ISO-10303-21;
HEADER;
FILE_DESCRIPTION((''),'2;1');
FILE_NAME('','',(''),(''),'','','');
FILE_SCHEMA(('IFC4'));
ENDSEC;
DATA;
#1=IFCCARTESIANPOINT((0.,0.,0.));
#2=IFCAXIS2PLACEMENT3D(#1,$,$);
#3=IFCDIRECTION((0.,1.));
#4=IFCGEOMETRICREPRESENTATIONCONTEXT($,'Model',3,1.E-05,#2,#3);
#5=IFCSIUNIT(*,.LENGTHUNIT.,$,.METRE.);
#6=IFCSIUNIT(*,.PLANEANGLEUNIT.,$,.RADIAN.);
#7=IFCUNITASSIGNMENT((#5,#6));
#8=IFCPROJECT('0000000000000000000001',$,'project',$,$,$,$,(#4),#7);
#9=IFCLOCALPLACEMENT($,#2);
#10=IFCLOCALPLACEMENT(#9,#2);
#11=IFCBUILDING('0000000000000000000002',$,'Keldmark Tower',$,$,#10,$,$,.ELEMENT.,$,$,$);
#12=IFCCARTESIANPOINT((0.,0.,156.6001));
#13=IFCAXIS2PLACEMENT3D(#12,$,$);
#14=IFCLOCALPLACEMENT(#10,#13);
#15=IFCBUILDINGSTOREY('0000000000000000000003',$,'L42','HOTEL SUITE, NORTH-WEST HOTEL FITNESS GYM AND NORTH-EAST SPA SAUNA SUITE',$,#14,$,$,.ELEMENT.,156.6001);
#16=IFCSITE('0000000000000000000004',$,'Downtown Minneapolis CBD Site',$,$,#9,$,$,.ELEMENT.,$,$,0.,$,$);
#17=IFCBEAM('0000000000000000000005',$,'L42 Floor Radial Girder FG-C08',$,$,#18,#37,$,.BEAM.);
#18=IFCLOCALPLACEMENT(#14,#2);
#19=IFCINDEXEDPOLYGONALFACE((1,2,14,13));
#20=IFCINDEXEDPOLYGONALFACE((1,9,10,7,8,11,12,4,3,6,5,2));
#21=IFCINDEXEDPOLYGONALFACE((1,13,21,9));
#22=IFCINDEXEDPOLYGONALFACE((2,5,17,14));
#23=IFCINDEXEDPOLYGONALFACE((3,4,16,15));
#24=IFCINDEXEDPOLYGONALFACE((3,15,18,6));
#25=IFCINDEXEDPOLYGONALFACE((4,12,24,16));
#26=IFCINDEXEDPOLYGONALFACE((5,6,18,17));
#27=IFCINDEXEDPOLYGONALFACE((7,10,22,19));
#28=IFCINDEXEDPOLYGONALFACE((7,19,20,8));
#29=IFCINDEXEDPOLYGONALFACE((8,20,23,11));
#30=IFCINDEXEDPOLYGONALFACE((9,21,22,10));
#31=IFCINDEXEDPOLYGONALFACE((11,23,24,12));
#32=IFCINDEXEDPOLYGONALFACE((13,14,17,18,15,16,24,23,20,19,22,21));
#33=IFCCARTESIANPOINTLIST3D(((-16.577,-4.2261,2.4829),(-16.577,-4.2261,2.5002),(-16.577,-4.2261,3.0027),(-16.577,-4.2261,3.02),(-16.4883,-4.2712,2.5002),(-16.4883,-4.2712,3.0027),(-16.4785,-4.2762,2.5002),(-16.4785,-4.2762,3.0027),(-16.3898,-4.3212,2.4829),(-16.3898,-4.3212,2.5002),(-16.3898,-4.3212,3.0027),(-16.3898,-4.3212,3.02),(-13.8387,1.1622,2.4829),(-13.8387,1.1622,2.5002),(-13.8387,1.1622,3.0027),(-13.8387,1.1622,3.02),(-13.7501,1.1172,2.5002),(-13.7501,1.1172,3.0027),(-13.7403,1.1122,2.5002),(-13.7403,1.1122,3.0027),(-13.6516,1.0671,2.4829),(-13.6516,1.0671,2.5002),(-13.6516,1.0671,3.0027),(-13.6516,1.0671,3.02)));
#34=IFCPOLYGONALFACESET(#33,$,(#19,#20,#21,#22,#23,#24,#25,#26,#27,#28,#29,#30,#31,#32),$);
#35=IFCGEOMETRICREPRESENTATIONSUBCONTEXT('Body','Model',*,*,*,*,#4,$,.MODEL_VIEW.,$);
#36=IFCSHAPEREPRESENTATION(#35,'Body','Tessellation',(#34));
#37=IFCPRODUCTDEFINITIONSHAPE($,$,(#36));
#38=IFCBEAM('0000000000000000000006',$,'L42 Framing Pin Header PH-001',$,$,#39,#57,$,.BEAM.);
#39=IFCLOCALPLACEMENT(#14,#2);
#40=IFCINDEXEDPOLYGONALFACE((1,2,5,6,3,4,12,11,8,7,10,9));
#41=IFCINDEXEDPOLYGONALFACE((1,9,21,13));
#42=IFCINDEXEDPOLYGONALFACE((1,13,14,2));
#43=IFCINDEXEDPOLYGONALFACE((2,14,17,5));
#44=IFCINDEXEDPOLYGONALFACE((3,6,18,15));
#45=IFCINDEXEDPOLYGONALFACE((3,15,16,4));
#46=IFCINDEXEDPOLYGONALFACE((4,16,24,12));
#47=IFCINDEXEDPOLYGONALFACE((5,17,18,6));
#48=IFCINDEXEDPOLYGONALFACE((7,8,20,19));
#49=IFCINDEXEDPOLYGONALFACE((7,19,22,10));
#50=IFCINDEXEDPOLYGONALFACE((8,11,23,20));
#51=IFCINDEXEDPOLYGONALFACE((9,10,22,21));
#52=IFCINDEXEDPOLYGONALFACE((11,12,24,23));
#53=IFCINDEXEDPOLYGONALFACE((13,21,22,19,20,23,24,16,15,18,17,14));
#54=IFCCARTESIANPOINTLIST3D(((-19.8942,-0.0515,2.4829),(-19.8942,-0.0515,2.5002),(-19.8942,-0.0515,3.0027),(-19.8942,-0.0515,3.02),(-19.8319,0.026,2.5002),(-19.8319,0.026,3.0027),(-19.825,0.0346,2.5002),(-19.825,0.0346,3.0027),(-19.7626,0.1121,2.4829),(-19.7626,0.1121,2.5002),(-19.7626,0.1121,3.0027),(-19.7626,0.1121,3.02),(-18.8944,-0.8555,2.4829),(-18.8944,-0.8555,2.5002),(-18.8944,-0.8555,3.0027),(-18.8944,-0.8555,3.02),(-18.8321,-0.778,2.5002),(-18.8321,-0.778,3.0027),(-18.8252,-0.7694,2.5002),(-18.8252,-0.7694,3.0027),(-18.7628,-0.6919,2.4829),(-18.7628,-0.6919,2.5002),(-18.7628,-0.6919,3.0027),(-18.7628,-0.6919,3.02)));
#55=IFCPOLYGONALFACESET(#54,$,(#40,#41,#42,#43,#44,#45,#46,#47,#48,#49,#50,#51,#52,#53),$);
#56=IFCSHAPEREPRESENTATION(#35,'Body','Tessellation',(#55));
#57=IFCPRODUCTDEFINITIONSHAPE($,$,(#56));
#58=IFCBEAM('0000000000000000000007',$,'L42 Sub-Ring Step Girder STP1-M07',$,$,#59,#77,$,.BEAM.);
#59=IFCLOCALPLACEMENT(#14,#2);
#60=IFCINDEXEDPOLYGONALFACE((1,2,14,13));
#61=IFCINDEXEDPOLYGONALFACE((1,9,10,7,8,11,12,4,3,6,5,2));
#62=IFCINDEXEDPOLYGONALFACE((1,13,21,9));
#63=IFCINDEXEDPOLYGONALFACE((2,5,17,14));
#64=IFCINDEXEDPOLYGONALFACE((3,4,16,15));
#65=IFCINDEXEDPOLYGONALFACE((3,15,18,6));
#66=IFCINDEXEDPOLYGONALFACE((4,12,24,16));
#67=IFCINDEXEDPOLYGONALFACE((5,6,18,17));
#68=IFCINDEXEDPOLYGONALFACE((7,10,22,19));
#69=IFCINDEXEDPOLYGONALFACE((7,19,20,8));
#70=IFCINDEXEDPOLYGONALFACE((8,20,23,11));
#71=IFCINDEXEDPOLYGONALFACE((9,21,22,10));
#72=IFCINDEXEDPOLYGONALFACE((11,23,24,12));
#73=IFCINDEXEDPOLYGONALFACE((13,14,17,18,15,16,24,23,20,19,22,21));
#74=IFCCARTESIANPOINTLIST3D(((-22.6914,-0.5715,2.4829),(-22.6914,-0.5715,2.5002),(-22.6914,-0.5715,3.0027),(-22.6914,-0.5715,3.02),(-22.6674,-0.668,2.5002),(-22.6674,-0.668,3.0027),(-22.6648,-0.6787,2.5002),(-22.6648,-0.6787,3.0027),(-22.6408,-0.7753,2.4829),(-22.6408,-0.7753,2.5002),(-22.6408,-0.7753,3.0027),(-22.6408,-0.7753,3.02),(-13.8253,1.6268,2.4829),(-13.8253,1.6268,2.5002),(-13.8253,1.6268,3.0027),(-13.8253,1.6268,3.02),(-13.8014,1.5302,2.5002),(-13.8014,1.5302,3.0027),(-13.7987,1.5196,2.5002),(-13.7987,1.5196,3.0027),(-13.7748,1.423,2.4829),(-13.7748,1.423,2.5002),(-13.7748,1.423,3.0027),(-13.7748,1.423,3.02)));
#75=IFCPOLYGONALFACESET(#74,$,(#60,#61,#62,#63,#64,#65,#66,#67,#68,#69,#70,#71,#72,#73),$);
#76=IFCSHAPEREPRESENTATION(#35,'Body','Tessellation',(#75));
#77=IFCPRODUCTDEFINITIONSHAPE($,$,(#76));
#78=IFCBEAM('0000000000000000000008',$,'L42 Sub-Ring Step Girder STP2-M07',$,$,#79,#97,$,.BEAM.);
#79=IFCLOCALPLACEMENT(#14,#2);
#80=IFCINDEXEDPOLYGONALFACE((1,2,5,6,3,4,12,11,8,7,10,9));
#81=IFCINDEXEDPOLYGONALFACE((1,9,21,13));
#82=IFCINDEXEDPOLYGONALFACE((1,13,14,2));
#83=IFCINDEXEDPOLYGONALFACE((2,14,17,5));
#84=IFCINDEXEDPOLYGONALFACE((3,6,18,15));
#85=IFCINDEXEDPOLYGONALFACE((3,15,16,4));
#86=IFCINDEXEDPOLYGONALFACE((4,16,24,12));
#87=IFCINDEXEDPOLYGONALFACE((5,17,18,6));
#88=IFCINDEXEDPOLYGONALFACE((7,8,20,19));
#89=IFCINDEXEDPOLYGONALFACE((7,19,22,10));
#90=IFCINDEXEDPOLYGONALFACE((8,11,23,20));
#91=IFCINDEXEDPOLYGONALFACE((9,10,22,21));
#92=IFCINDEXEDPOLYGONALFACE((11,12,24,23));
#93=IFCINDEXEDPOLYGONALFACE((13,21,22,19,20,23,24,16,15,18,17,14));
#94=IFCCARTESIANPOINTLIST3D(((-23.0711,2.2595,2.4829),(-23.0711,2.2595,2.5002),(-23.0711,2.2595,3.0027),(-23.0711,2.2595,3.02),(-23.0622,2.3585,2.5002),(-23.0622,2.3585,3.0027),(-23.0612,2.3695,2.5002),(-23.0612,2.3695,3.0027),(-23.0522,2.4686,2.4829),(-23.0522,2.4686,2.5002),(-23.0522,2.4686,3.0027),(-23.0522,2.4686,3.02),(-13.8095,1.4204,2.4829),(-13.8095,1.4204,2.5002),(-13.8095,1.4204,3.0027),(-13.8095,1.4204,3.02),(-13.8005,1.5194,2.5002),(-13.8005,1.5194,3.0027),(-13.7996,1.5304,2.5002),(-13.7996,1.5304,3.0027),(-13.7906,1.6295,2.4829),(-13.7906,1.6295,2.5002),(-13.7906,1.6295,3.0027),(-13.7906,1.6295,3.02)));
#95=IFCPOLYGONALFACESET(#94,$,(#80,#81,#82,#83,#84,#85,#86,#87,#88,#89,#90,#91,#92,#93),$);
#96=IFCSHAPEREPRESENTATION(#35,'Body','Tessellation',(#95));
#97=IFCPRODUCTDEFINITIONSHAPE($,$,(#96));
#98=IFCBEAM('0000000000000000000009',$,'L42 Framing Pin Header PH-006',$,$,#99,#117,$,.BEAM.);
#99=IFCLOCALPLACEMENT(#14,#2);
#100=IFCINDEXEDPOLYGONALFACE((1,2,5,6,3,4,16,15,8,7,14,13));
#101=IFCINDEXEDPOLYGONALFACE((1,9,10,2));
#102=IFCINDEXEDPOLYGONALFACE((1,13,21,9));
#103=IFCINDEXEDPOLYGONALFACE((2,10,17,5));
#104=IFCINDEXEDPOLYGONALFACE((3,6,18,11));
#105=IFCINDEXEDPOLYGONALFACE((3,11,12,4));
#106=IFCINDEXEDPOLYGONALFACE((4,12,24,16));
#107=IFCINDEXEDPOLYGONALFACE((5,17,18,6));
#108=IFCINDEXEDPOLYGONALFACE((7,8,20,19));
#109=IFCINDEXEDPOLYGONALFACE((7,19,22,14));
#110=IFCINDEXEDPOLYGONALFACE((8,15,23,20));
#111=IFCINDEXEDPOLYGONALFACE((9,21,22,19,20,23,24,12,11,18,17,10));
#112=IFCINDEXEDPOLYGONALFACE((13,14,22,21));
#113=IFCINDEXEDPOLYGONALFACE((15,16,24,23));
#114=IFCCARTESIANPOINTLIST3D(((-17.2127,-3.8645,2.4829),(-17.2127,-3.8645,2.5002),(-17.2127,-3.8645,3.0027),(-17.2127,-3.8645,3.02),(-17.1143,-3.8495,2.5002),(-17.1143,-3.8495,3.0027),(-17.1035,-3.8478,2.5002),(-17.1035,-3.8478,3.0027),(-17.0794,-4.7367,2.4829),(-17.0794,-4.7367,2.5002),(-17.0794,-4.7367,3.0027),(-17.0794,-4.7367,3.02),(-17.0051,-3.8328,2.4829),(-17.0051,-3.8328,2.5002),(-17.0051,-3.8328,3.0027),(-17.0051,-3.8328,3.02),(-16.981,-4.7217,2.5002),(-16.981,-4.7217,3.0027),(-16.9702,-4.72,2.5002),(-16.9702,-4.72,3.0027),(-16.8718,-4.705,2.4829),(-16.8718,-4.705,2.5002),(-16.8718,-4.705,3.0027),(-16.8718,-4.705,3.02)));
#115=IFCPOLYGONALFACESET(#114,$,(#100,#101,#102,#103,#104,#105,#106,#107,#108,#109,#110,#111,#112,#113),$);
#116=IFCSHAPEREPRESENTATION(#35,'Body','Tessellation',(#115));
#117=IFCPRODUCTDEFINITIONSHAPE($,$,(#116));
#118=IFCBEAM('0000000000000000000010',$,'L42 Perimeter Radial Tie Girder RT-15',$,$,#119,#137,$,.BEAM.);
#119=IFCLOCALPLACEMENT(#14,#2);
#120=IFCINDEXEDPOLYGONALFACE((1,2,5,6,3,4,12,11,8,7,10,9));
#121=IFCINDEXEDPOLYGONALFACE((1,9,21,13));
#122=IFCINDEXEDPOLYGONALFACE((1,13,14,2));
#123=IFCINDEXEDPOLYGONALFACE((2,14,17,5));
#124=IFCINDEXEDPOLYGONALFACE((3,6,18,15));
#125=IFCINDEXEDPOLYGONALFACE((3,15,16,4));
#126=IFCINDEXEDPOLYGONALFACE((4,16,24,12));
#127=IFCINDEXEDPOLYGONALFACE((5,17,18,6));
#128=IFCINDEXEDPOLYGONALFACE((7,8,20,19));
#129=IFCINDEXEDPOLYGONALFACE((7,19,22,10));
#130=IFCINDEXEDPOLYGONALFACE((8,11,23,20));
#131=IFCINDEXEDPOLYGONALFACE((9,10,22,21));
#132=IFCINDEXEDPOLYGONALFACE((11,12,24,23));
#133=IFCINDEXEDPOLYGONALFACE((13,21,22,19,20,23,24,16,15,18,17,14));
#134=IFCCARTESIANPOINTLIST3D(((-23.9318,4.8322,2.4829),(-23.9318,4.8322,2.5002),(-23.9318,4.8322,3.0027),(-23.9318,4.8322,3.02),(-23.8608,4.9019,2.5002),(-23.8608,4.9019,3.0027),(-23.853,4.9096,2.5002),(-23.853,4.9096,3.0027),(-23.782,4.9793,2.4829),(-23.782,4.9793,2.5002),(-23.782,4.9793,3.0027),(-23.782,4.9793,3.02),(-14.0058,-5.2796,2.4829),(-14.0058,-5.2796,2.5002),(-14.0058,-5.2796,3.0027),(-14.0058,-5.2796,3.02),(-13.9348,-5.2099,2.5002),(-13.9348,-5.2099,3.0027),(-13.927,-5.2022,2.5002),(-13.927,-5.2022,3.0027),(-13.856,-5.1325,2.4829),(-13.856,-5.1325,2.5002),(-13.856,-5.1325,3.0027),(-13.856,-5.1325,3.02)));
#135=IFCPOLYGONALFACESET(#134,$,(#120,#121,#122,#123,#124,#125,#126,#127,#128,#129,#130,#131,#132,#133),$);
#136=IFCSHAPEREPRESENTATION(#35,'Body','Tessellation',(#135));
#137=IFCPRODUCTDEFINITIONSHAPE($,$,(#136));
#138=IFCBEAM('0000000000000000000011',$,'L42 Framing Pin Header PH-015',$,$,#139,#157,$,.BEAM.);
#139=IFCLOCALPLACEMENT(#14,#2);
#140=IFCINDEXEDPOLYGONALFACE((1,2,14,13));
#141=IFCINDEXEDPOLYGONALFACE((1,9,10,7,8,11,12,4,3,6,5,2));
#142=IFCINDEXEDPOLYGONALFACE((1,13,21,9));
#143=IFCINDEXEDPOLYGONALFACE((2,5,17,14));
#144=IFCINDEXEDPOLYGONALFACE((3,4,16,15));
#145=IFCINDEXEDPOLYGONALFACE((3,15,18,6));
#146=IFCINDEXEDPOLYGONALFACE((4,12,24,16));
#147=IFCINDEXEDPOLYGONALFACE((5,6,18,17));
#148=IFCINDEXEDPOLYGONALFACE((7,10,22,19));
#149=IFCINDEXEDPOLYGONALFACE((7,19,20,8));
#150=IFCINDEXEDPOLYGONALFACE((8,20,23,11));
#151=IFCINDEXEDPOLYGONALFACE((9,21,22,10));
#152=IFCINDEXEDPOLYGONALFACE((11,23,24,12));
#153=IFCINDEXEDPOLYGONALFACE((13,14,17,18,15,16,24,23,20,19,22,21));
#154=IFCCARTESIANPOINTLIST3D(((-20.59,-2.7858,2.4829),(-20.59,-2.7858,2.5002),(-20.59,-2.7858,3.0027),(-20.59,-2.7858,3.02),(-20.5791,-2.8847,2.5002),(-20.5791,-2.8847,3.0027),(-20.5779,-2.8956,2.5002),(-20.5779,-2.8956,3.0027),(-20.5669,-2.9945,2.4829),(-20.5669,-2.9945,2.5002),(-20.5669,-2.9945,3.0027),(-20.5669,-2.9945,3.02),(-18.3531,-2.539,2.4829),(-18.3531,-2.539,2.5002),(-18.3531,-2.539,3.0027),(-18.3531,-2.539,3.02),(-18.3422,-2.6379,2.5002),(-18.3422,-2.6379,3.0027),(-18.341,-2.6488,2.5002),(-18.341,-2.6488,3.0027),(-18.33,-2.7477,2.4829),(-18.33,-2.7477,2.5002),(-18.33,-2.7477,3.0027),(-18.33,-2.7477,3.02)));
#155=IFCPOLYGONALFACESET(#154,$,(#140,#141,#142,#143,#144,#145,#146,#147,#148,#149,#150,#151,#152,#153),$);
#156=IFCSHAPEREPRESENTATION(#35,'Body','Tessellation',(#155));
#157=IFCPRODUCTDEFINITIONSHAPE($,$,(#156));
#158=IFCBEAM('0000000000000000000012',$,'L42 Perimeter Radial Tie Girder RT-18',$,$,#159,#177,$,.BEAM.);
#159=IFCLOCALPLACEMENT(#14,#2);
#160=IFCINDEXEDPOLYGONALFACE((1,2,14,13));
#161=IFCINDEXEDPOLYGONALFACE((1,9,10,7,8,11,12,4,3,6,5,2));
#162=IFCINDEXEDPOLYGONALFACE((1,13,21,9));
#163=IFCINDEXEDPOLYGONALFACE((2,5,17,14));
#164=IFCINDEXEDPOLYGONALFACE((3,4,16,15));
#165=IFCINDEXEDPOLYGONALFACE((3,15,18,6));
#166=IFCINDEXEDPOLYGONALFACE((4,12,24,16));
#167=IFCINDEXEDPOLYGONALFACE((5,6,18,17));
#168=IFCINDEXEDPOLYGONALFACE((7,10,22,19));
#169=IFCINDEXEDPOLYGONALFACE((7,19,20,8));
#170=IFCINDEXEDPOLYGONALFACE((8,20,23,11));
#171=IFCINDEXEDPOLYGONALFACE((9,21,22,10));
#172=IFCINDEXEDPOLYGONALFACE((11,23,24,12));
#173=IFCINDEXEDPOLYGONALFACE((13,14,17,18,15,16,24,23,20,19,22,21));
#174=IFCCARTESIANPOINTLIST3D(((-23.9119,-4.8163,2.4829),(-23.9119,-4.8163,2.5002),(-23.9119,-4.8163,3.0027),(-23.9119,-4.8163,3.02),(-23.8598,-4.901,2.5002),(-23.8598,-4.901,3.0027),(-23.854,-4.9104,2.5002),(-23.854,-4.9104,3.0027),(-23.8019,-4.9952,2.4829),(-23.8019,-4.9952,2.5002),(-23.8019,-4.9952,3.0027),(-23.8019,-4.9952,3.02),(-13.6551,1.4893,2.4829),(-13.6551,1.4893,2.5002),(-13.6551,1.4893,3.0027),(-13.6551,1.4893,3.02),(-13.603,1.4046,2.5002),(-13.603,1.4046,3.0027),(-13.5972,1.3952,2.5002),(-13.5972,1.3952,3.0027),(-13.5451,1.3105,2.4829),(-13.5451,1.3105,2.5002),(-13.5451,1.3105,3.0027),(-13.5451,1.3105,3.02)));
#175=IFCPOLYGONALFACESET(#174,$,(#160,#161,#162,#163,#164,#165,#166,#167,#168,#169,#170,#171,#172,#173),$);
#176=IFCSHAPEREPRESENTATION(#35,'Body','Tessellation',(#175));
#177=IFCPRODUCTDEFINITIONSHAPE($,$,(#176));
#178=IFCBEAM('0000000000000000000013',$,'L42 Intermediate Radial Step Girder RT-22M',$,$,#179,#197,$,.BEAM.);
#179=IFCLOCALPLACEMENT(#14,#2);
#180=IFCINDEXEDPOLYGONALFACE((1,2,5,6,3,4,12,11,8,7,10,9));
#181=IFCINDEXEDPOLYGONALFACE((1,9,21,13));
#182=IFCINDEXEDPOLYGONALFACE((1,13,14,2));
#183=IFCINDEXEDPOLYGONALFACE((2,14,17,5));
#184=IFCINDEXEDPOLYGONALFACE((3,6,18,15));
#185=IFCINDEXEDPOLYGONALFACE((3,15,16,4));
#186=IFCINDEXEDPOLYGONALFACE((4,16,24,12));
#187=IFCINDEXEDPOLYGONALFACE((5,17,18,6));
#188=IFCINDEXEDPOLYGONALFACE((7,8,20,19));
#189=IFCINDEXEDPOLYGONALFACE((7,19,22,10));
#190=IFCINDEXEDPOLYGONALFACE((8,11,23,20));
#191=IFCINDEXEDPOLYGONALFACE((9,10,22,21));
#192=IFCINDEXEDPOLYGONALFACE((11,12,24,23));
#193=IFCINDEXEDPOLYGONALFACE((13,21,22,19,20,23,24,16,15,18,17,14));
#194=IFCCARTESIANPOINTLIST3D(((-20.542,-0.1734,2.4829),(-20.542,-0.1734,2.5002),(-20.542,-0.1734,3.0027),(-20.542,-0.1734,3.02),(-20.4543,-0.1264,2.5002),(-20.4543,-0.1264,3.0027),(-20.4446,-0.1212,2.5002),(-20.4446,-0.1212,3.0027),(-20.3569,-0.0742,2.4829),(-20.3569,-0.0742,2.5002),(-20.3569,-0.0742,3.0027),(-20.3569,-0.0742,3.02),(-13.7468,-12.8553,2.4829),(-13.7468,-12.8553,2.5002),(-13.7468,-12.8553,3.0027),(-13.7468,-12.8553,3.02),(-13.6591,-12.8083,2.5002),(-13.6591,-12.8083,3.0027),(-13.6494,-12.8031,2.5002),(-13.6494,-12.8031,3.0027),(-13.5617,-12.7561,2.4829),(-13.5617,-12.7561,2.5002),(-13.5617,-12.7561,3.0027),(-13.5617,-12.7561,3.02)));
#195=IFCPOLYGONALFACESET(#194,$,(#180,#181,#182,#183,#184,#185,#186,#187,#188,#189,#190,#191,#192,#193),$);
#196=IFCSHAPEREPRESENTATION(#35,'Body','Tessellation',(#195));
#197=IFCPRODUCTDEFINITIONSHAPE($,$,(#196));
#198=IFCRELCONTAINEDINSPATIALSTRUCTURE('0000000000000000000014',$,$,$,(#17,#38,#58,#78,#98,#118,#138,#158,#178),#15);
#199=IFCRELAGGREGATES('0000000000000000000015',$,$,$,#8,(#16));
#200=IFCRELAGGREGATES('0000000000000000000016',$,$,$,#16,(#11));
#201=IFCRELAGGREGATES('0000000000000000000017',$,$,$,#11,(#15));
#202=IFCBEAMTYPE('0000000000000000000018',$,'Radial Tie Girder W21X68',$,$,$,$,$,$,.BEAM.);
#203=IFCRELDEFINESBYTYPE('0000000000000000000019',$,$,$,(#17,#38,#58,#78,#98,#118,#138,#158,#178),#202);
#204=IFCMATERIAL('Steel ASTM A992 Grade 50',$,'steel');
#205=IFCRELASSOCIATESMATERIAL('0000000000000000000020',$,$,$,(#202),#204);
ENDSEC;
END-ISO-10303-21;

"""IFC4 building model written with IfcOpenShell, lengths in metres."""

from ifc_helpers import new_model, si_unit, direction, frame, origin, origin_2d, place, context, subcontext, project, spatial, i_section, extrude, material, material_profile, profile_set, type_object, element, save


model = new_model("IFC4")

# Units and contexts
model_context = context("Model", 3, precision=1e-05, world=origin(), true_north=direction((0.0, 1.0)))
body_context = subcontext(model_context, "Body", "Model", "MODEL_VIEW")
ifc_project = project(units=[si_unit("LENGTHUNIT", "METRE"), si_unit("PLANEANGLEUNIT", "RADIAN")], contexts=[model_context])

# Site, building, storey
site_placement = place(None, origin())
site = spatial("IfcSite", under=ifc_project, at=site_placement, Name="Downtown Minneapolis CBD Site", CompositionType="ELEMENT", RefElevation=0.0)
building_placement = place(site_placement, origin())
building = spatial("IfcBuilding", under=site, at=building_placement, Name="Keldmark Tower", CompositionType="ELEMENT")
storey_placement = place(building_placement, frame((0.0, 0.0, 156.6001)))
storey = spatial("IfcBuildingStorey", under=building, at=storey_placement, Name="L42", Description="HOTEL SUITE, NORTH-WEST HOTEL FITNESS GYM AND NORTH-EAST SPA SAUNA SUITE", CompositionType="ELEMENT", Elevation=156.6001)

# Beams
ifc_material_1 = material(Name="Steel ASTM A992 Grade 50", Category="steel")
ifc_material_profile_1 = material_profile(ifc_material_1, i_section(OverallWidth=0.21, OverallDepth=0.5371, WebThickness=0.011, FlangeThickness=0.0173, at=origin_2d()), Name="W21X68")
ifc_profile_set_1 = profile_set([ifc_material_profile_1], Name="Steel ASTM A992 Grade 50")
beam_type_1 = type_object("IfcBeamType", Name="Radial Tie Girder W21X68", PredefinedType="BEAM", material=ifc_profile_set_1)
beam_1_placement = place(storey_placement, frame((-16.4834, -4.2737, 2.7515), z_axis=(0.453037, 0.891492, 0.0), x_axis=(-0.891492, 0.453037, 0.0)))
element("IfcBeam", 1, at=beam_1_placement, inside=storey, type_object=beam_type_1, Name="L42 Floor Radial Girder FG-C08", PredefinedType="BEAM", context=body_context, shape_type="SweptSolid", body=[
    extrude(i_section(OverallWidth=0.21, OverallDepth=0.5371, WebThickness=0.011, FlangeThickness=0.0173, at=origin_2d()), origin(), (0.0, 0.0, 1.0), 6.0442),
])
beam_2_placement = place(storey_placement, frame((-18.8286, -0.7737, 2.7515), z_axis=(-0.779288, 0.626666, 0.0), x_axis=(-0.626666, -0.779288, 0.0)))
element("IfcBeam", 2, at=beam_2_placement, inside=storey, type_object=beam_type_1, Name="L42 Framing Pin Header PH-001", PredefinedType="BEAM", context=body_context, shape_type="SweptSolid", body=[
    extrude(i_section(OverallWidth=0.21, OverallDepth=0.5371, WebThickness=0.011, FlangeThickness=0.0173, at=origin_2d()), origin(), (0.0, 0.0, 1.0), 1.283),
])
beam_3_placement = place(storey_placement, frame((-13.8, 1.5249, 2.7515), z_axis=(-0.970611, -0.240655, 0.0), x_axis=(0.240655, -0.970611, 0.0)))
element("IfcBeam", 3, at=beam_3_placement, inside=storey, type_object=beam_type_1, Name="L42 Sub-Ring Step Girder STP1-M07", PredefinedType="BEAM", context=body_context, shape_type="SweptSolid", body=[
    extrude(i_section(OverallWidth=0.21, OverallDepth=0.5371, WebThickness=0.011, FlangeThickness=0.0173, at=origin_2d()), origin(), (0.0, 0.0, 1.0), 9.1345),
])
beam_4_placement = place(storey_placement, frame((-13.8, 1.5249, 2.7515), z_axis=(-0.995921, 0.09023, 0.0), x_axis=(-0.09023, -0.995921, 0.0)))
element("IfcBeam", 4, at=beam_4_placement, inside=storey, type_object=beam_type_1, Name="L42 Sub-Ring Step Girder STP2-M07", PredefinedType="BEAM", context=body_context, shape_type="SweptSolid", body=[
    extrude(i_section(OverallWidth=0.21, OverallDepth=0.5371, WebThickness=0.011, FlangeThickness=0.0173, at=origin_2d()), origin(), (0.0, 0.0, 1.0), 9.2996),
])
beam_5_placement = place(storey_placement, frame((-17.1089, -3.8486, 2.7515), z_axis=(0.151059, -0.988525, 0.0), x_axis=(0.988525, 0.151059, 0.0)))
element("IfcBeam", 5, at=beam_5_placement, inside=storey, type_object=beam_type_1, Name="L42 Framing Pin Header PH-006", PredefinedType="BEAM", context=body_context, shape_type="SweptSolid", body=[
    extrude(i_section(OverallWidth=0.21, OverallDepth=0.5371, WebThickness=0.011, FlangeThickness=0.0173, at=origin_2d()), origin(), (0.0, 0.0, 1.0), 0.8823),
])
beam_6_placement = place(storey_placement, frame((-13.9309, -5.2061, 2.7515), z_axis=(-0.70052, 0.713632, 0.0), x_axis=(-0.713632, -0.70052, 0.0)))
element("IfcBeam", 6, at=beam_6_placement, inside=storey, type_object=beam_type_1, Name="L42 Perimeter Radial Tie Girder RT-15", PredefinedType="BEAM", context=body_context, shape_type="SweptSolid", body=[
    extrude(i_section(OverallWidth=0.21, OverallDepth=0.5371, WebThickness=0.011, FlangeThickness=0.0173, at=origin_2d()), origin(), (0.0, 0.0, 1.0), 14.1694),
])
beam_7_placement = place(storey_placement, frame((-18.3416, -2.6433, 2.7515), z_axis=(-0.993967, -0.109681, 0.0), x_axis=(0.109681, -0.993967, 0.0)))
element("IfcBeam", 7, at=beam_7_placement, inside=storey, type_object=beam_type_1, Name="L42 Framing Pin Header PH-015", PredefinedType="BEAM", context=body_context, shape_type="SweptSolid", body=[
    extrude(i_section(OverallWidth=0.21, OverallDepth=0.5371, WebThickness=0.011, FlangeThickness=0.0173, at=origin_2d()), origin(), (0.0, 0.0, 1.0), 2.2505),
])
beam_8_placement = place(storey_placement, frame((-13.6001, 1.3999, 2.7515), z_axis=(-0.851889, -0.523722, 0.0), x_axis=(0.523722, -0.851889, 0.0)))
element("IfcBeam", 8, at=beam_8_placement, inside=storey, type_object=beam_type_1, Name="L42 Perimeter Radial Tie Girder RT-18", PredefinedType="BEAM", context=body_context, shape_type="SweptSolid", body=[
    extrude(i_section(OverallWidth=0.21, OverallDepth=0.5371, WebThickness=0.011, FlangeThickness=0.0173, at=origin_2d()), origin(), (0.0, 0.0, 1.0), 12.04),
])
beam_9_placement = place(storey_placement, frame((-20.4495, -0.1238, 2.7515), z_axis=(0.472292, -0.881442, 0.0), x_axis=(0.881442, 0.472292, 0.0)))
element("IfcBeam", 9, at=beam_9_placement, inside=storey, type_object=beam_type_1, Name="L42 Intermediate Radial Step Girder RT-22M", PredefinedType="BEAM", context=body_context, shape_type="SweptSolid", body=[
    extrude(i_section(OverallWidth=0.21, OverallDepth=0.5371, WebThickness=0.011, FlangeThickness=0.0173, at=origin_2d()), origin(), (0.0, 0.0, 1.0), 14.3877),
])

save(model, "model.ifc")
